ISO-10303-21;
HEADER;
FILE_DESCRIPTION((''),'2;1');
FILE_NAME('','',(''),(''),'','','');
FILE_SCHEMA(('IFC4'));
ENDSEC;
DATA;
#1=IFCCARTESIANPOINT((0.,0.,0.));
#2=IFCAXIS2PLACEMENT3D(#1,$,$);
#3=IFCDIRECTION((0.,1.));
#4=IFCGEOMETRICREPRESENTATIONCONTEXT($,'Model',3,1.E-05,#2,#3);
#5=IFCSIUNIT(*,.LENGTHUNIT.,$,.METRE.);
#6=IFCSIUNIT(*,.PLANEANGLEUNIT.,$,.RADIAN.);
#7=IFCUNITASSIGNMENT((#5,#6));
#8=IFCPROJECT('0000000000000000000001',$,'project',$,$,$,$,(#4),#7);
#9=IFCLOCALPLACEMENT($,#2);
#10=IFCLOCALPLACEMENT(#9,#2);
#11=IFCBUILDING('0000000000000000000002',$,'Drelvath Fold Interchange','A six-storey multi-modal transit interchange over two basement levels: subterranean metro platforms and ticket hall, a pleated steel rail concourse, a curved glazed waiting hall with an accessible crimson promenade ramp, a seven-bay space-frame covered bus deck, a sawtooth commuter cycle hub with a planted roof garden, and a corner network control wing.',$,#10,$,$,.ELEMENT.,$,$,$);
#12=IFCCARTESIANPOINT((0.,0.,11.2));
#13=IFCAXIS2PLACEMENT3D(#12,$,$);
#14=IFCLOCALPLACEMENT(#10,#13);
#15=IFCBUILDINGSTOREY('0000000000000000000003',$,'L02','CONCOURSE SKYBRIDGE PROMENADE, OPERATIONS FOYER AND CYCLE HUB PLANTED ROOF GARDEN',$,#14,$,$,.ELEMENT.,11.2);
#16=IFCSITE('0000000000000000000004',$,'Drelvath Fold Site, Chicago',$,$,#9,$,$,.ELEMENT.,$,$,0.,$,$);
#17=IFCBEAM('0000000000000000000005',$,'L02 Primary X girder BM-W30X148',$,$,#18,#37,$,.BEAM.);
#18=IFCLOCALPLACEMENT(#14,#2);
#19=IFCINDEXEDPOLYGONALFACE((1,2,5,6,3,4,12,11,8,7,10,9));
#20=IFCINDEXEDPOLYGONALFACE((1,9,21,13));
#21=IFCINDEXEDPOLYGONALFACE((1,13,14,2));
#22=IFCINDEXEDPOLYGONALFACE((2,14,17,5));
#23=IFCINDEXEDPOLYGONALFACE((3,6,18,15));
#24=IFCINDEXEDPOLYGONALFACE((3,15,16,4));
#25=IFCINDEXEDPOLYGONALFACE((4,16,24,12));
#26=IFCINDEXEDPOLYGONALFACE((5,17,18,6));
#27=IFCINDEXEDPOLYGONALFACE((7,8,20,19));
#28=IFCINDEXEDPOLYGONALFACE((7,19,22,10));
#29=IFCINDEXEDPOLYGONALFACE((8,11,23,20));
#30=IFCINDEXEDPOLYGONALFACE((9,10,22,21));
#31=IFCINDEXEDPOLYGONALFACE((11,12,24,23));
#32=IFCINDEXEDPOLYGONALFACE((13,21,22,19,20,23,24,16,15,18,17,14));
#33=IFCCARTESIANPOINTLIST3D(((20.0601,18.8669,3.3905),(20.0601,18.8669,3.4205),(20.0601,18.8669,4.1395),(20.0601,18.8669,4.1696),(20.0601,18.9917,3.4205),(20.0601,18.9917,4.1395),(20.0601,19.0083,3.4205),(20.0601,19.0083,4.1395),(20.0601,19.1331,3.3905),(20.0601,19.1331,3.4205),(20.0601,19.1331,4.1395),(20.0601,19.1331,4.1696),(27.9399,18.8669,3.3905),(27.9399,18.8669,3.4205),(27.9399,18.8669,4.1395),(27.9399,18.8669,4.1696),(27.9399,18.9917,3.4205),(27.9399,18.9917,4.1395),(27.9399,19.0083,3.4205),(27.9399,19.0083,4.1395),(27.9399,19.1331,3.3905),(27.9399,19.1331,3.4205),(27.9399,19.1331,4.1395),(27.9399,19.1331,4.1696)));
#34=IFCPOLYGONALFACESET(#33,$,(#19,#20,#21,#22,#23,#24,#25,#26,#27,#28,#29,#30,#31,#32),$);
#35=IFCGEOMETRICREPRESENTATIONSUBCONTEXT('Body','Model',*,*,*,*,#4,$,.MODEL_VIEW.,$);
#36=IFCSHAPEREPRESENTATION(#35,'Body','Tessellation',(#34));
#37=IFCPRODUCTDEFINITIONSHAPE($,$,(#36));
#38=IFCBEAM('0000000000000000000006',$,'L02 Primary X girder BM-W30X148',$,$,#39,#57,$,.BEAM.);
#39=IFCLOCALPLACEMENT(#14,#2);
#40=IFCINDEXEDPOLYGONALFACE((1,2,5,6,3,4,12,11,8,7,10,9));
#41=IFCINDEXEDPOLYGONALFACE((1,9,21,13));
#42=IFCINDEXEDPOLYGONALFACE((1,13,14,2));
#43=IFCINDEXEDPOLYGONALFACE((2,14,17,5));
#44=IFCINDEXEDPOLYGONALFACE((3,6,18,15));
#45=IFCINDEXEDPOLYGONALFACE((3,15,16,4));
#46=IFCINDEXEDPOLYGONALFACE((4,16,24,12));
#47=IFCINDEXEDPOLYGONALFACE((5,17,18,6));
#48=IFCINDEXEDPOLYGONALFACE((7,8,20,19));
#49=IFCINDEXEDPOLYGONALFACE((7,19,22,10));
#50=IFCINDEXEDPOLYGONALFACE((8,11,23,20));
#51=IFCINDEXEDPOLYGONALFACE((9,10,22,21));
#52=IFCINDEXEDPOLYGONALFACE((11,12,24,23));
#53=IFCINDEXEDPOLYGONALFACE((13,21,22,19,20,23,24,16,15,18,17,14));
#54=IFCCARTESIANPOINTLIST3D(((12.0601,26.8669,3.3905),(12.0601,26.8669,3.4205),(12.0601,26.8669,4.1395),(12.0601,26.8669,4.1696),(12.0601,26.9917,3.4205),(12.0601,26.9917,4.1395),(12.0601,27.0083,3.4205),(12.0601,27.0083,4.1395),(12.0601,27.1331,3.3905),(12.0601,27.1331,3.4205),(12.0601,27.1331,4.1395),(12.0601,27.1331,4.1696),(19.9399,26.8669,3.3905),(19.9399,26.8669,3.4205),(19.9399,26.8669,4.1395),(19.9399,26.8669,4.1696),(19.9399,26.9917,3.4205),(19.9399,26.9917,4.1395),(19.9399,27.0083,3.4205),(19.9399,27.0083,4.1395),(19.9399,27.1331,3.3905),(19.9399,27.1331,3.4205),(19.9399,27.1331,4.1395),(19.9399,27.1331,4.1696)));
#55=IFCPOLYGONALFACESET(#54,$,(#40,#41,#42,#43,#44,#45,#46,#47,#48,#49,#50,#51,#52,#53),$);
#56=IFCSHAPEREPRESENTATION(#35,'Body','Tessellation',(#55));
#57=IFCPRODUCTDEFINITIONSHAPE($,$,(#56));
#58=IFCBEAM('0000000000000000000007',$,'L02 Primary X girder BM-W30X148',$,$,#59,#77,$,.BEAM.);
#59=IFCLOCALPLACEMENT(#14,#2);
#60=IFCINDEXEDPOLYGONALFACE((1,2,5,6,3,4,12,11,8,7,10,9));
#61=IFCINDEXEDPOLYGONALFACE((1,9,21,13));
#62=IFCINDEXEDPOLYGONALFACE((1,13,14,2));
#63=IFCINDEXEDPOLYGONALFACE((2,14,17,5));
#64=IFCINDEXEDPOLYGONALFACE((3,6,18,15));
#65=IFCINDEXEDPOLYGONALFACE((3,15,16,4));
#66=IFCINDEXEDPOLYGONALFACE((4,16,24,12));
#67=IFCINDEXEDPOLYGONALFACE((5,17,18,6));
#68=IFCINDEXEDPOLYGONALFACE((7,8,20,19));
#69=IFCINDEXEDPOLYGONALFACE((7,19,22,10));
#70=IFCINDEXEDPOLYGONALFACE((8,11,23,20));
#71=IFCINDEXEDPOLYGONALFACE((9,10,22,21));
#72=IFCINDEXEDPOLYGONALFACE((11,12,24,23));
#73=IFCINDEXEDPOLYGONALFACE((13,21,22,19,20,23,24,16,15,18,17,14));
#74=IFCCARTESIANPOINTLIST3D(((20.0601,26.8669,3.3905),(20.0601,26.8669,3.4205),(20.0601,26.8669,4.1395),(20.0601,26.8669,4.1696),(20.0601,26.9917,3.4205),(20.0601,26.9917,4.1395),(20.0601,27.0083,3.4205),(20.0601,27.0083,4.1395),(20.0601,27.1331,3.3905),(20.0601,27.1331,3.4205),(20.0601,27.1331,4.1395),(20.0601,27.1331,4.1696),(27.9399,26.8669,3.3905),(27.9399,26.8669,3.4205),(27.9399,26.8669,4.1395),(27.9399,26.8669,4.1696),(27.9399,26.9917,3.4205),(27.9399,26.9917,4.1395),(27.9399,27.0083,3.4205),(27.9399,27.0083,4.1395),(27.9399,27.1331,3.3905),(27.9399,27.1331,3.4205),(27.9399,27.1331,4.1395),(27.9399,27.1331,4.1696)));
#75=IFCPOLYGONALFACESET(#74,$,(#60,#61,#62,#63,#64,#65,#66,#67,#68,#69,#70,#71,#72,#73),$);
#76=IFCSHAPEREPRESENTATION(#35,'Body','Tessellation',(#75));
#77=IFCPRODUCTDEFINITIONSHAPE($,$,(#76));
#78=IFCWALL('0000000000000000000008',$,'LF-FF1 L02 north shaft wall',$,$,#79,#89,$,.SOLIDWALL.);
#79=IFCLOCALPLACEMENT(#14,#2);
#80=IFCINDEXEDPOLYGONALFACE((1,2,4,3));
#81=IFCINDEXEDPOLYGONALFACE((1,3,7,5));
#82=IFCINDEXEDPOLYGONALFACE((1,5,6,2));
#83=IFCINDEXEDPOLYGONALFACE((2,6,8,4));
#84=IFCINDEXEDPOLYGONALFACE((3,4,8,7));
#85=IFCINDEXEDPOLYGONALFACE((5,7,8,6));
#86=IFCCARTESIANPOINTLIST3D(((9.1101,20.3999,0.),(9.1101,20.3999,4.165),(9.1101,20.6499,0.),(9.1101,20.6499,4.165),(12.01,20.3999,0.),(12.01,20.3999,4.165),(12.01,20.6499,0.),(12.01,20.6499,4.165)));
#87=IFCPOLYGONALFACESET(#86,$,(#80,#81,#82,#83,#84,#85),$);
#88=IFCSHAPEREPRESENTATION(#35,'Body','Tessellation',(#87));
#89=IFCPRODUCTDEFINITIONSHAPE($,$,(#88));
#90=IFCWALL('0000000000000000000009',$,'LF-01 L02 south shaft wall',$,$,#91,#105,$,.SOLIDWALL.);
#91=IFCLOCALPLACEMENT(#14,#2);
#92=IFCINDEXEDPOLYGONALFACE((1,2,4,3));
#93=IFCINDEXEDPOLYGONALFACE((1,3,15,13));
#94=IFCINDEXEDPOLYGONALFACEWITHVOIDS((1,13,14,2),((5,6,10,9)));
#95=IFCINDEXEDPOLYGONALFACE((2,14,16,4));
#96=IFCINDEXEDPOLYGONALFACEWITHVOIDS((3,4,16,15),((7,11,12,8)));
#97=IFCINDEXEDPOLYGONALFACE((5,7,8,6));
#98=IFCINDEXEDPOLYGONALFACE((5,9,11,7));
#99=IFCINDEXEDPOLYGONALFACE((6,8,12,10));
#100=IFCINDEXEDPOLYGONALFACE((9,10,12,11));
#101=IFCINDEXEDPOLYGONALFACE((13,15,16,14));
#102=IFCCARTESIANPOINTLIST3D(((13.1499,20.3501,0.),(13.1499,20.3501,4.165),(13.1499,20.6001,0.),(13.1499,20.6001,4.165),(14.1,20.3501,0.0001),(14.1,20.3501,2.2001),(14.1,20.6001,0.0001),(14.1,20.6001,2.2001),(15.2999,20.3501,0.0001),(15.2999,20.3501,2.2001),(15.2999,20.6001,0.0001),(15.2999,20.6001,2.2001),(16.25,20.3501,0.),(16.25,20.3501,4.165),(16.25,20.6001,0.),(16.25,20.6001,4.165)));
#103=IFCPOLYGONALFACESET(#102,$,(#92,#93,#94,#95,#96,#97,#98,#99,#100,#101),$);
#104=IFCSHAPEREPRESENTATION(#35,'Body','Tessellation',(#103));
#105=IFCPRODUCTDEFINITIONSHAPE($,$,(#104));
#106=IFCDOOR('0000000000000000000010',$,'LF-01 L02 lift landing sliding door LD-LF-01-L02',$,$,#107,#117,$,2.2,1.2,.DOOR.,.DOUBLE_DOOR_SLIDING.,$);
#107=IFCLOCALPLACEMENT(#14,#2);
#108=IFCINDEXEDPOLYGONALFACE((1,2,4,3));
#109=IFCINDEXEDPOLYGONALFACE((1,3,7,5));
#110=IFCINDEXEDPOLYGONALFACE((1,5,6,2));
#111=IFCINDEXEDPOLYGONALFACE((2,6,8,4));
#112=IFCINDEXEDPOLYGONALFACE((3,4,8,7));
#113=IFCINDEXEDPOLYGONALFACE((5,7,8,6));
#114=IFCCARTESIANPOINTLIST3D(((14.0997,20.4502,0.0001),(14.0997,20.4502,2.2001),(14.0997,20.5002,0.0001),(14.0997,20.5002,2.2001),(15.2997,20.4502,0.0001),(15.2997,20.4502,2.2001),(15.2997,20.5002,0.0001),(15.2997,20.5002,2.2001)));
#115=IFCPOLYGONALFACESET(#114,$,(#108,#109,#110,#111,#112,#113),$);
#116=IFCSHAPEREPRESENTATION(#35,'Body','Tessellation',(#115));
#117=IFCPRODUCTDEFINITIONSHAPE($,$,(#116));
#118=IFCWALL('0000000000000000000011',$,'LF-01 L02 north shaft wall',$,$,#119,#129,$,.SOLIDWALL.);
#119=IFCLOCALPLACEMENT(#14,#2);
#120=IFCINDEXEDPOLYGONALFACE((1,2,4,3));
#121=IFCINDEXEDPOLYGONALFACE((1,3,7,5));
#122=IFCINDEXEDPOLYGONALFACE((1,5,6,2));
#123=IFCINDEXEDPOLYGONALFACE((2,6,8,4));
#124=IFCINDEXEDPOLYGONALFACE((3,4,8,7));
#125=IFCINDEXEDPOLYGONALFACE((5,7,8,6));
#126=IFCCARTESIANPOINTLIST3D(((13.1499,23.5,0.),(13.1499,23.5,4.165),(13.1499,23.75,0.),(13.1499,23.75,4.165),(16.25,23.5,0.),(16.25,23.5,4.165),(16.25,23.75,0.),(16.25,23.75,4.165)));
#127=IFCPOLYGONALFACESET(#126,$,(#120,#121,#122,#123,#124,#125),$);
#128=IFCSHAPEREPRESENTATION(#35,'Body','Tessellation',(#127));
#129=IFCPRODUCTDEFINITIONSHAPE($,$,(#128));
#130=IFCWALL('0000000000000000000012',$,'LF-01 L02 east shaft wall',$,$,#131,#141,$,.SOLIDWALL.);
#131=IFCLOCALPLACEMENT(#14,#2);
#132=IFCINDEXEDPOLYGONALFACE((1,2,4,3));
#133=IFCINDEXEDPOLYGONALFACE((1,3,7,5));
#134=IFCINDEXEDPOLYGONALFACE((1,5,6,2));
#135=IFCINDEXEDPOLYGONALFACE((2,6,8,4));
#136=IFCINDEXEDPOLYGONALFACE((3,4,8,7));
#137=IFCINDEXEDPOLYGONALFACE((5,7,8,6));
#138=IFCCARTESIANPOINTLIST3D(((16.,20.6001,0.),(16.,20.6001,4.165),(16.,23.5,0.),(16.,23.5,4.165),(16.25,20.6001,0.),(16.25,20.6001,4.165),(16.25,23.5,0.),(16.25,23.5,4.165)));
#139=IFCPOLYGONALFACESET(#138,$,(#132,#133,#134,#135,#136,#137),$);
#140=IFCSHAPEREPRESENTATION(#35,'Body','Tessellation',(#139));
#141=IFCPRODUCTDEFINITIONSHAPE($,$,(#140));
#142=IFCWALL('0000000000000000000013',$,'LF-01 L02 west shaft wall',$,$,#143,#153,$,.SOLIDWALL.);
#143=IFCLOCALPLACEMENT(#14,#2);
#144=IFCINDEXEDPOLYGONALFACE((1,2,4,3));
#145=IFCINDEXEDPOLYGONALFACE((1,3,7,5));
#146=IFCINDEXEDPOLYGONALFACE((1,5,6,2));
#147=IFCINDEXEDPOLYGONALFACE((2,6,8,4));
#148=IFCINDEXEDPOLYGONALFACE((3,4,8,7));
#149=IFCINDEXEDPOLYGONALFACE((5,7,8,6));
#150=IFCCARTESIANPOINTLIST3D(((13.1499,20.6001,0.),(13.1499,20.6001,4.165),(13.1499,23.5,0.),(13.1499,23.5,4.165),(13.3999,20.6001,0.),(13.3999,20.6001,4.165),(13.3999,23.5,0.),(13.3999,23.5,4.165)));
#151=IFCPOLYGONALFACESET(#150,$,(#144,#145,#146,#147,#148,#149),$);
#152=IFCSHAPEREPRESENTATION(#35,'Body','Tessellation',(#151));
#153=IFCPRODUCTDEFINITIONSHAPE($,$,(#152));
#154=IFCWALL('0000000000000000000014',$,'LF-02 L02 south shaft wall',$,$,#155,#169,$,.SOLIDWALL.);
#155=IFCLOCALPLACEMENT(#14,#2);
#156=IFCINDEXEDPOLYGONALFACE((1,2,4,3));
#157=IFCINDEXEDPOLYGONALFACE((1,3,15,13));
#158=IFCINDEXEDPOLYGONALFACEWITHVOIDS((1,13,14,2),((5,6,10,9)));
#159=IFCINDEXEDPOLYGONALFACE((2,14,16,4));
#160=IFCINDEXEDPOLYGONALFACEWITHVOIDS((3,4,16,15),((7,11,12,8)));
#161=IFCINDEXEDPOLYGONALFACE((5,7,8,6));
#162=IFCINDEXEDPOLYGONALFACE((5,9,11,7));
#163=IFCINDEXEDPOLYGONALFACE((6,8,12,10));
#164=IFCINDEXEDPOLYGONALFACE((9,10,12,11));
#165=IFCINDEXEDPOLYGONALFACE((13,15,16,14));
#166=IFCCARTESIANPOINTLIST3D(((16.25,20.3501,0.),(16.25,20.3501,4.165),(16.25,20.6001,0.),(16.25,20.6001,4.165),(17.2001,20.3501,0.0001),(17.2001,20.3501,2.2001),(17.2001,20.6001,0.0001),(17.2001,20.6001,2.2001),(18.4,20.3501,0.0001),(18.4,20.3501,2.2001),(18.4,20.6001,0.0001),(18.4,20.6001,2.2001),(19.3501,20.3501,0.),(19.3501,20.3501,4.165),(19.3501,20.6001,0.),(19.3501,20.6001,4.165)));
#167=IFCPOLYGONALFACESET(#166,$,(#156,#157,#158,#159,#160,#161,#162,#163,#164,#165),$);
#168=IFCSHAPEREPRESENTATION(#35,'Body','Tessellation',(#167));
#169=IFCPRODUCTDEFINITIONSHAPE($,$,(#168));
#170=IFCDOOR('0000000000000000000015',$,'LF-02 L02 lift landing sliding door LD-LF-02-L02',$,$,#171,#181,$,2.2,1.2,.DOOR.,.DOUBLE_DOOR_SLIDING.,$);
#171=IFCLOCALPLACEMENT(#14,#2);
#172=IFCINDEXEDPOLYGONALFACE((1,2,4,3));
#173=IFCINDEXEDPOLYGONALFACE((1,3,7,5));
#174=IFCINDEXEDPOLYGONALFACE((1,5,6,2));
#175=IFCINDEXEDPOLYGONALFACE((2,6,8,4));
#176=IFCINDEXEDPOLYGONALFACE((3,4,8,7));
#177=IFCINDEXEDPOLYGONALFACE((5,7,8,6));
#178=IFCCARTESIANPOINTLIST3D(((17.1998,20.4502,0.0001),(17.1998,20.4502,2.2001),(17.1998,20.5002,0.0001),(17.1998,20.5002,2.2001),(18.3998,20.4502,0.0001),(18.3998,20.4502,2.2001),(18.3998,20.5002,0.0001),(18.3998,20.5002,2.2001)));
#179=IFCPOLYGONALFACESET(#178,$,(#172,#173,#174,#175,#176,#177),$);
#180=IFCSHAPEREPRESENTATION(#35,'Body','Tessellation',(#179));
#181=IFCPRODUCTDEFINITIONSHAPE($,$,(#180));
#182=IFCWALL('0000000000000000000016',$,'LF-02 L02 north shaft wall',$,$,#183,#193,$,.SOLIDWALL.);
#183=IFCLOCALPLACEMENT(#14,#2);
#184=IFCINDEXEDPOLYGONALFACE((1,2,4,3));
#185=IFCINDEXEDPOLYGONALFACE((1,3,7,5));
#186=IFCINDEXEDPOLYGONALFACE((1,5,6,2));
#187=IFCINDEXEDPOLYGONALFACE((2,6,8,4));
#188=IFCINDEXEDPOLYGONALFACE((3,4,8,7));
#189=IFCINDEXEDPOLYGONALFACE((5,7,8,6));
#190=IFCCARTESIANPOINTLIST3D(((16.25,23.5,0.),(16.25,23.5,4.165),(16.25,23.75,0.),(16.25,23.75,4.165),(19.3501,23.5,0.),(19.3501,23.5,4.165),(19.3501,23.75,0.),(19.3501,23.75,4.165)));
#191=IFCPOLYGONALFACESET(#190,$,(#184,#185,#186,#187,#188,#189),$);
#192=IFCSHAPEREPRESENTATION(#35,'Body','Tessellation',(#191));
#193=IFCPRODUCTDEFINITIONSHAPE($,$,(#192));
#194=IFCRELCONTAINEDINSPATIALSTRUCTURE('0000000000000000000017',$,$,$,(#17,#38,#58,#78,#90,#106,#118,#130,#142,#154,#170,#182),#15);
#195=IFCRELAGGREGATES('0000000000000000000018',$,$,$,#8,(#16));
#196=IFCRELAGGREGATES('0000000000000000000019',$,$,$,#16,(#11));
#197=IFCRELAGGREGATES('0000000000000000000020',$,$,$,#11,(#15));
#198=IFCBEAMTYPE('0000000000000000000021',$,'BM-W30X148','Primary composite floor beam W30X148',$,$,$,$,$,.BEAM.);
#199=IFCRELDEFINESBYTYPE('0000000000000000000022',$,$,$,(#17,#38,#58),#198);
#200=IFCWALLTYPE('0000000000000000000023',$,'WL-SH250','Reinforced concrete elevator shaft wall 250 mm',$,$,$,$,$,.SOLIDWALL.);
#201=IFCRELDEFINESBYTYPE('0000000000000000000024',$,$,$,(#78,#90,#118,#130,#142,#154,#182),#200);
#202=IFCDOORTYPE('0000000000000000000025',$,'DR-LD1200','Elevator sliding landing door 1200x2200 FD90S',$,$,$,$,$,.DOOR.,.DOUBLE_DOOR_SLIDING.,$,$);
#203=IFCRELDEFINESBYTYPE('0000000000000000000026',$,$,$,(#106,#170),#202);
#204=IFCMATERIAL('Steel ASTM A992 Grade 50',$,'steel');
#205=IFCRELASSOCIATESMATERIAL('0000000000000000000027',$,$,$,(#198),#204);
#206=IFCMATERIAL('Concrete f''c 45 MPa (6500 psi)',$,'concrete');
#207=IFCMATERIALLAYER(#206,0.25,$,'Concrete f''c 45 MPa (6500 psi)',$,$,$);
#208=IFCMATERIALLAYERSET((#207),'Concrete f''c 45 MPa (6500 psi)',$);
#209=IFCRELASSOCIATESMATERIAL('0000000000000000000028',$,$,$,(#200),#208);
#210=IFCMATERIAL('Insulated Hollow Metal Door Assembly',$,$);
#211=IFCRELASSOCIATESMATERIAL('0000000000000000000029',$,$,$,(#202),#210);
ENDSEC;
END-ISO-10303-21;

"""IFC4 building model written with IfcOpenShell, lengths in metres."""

from ifc_helpers import new_model, si_unit, direction, frame, frame_2d, origin, origin_2d, place, context, subcontext, project, spatial, rectangle, i_section, extrude, material, layer, layer_set, material_profile, profile_set, type_object, element, fill, save


model = new_model("IFC4")

# Units and contexts
model_context = context("Model", 3, precision=1e-05, world=origin(), true_north=direction((0.0, 1.0)))
body_context = subcontext(model_context, "Body", "Model", "MODEL_VIEW")
ifc_project = project(units=[si_unit("LENGTHUNIT", "METRE"), si_unit("PLANEANGLEUNIT", "RADIAN")], contexts=[model_context])

# Site, building, storey
site_placement = place(None, origin())
site = spatial("IfcSite", under=ifc_project, at=site_placement, Name="Drelvath Fold Site, Chicago", CompositionType="ELEMENT", RefElevation=0.0)
building_placement = place(site_placement, origin())
building = spatial("IfcBuilding", under=site, at=building_placement, Name="Drelvath Fold Interchange", Description="A six-storey multi-modal transit interchange over two basement levels: subterranean metro platforms and ticket hall, a pleated steel rail concourse, a curved glazed waiting hall with an accessible crimson promenade ramp, a seven-bay space-frame covered bus deck, a sawtooth commuter cycle hub with a planted roof garden, and a corner network control wing.", CompositionType="ELEMENT")
storey_placement = place(building_placement, frame((0.0, 0.0, 11.2)))
storey = spatial("IfcBuildingStorey", under=building, at=storey_placement, Name="L02", Description="CONCOURSE SKYBRIDGE PROMENADE, OPERATIONS FOYER AND CYCLE HUB PLANTED ROOF GARDEN", CompositionType="ELEMENT", Elevation=11.2)

# Shared definitions
ifc_material_1 = material(Name="Steel ASTM A992 Grade 50", Category="steel")

# Beams
ifc_material_profile_1 = material_profile(ifc_material_1, i_section(OverallWidth=0.2661, OverallDepth=0.7791, WebThickness=0.0166, FlangeThickness=0.03, at=origin_2d()), Name="W30X148")
ifc_profile_set_1 = profile_set([ifc_material_profile_1], Name="Steel ASTM A992 Grade 50")
beam_type_1 = type_object("IfcBeamType", Name="BM-W30X148", Description="Primary composite floor beam W30X148", PredefinedType="BEAM", material=ifc_profile_set_1)
for number, where, z_axis, x_axis, name in (
    (1, (20.0601, 19.0, 3.78), (1.0, 0.0, 0.0), (0.0, 1.0, 0.0), "L02 Primary X girder BM-W30X148"),
    (2, (12.0601, 27.0, 3.78), (1.0, 0.0, 0.0), (0.0, 1.0, 0.0), "L02 Primary X girder BM-W30X148"),
    (3, (20.0601, 27.0, 3.78), (1.0, 0.0, 0.0), (0.0, 1.0, 0.0), "L02 Primary X girder BM-W30X148"),
):
    element("IfcBeam", number, at=place(storey_placement, frame(where, z_axis=z_axis, x_axis=x_axis)), inside=storey, type_object=beam_type_1, Name=name, PredefinedType="BEAM", context=body_context, shape_type="SweptSolid", body=[
        extrude(i_section(OverallWidth=0.2661, OverallDepth=0.7791, WebThickness=0.0166, FlangeThickness=0.03, at=origin_2d()), origin(), (0.0, 0.0, 1.0), 7.8799),
    ])

# Wall
ifc_material_2 = material(Name="Concrete f'c 45 MPa (6500 psi)", Category="concrete")
ifc_layer = layer(ifc_material_2, 0.25, Name="Concrete f'c 45 MPa (6500 psi)")
ifc_layer_set = layer_set([ifc_layer], Name="Concrete f'c 45 MPa (6500 psi)")
wall_type = type_object("IfcWallType", Name="WL-SH250", Description="Reinforced concrete elevator shaft wall 250 mm", PredefinedType="SOLIDWALL", material=ifc_layer_set)
wall_1_placement = place(storey_placement, frame((12.01, 20.5249, 0.0), z_axis=(0.0, 0.0, 1.0), x_axis=(-1.0, 0.0, 0.0)))
element("IfcWall", 4, at=wall_1_placement, inside=storey, type_object=wall_type, Name="LF-FF1 L02 north shaft wall", PredefinedType="SOLIDWALL", context=body_context, shape_type="SweptSolid", body=[
    extrude(rectangle(XDim=2.8999, YDim=0.25, at=frame_2d((1.45, 0.0))), origin(), (0.0, 0.0, 1.0), 4.165),
])

# Wall, opening, door
wall_2_placement = place(storey_placement, frame((13.1499, 20.4751, 0.0), z_axis=(0.0, 0.0, 1.0), x_axis=(1.0, 0.0, 0.0)))
wall_2 = element("IfcWall", 5, at=wall_2_placement, inside=storey, type_object=wall_type, Name="LF-01 L02 south shaft wall", PredefinedType="SOLIDWALL", context=body_context, shape_type="SweptSolid", body=[
    extrude(rectangle(XDim=3.1001, YDim=0.25, at=frame_2d((1.55, 0.0))), origin(), (0.0, 0.0, 1.0), 4.165),
])
opening_1_placement = place(wall_2_placement, frame((0.95, 0.0, 0.0)))
opening_1 = element("IfcOpeningElement", 6, at=opening_1_placement, cuts=wall_2, PredefinedType="OPENING", context=body_context, shape_type="SweptSolid", body=[
    extrude(rectangle(XDim=1.2, YDim=2.2, at=frame_2d((0.6001, 1.1001))), frame((0.0, 0.135, 0.0), z_axis=(0.0, -1.0, 0.0), x_axis=(1.0, 0.0, 0.0)), (0.0, 0.0, 1.0), 0.27),
])
ifc_material_3 = material(Name="Insulated Hollow Metal Door Assembly")
door_type = type_object("IfcDoorType", Name="DR-LD1200", Description="Elevator sliding landing door 1200x2200 FD90S", OperationType="DOUBLE_DOOR_SLIDING", PredefinedType="DOOR", material=ifc_material_3)
door_1_placement = place(opening_1_placement, frame((1.2, 0.0, 0.0), z_axis=(0.0, 0.0, 1.0), x_axis=(-1.0, 0.0, 0.0)))
door_1 = element("IfcDoor", 7, at=door_1_placement, inside=storey, type_object=door_type, Name="LF-01 L02 lift landing sliding door LD-LF-01-L02", OperationType="DOUBLE_DOOR_SLIDING", OverallHeight=2.2, OverallWidth=1.2, PredefinedType="DOOR", context=body_context, shape_type="SweptSolid", body=[
    extrude(rectangle(XDim=1.2, YDim=2.2, at=frame_2d((0.6001, 1.1001))), frame((0.0, 0.0249, 0.0), z_axis=(0.0, -1.0, 0.0), x_axis=(1.0, 0.0, 0.0)), (0.0, 0.0, 1.0), 0.05),
])
fill(opening_1, door_1)

# Walls
wall_3_placement = place(storey_placement, frame((16.25, 23.625, 0.0), z_axis=(0.0, 0.0, 1.0), x_axis=(-1.0, 0.0, 0.0)))
element("IfcWall", 8, at=wall_3_placement, inside=storey, type_object=wall_type, Name="LF-01 L02 north shaft wall", PredefinedType="SOLIDWALL", context=body_context, shape_type="SweptSolid", body=[
    extrude(rectangle(XDim=3.1001, YDim=0.25, at=frame_2d((1.55, 0.0))), origin(), (0.0, 0.0, 1.0), 4.165),
])
for number, where, z_axis, x_axis, name in (
    (9, (16.125, 20.6001, 0.0), (0.0, 0.0, 1.0), (0.0, 1.0, 0.0), "LF-01 L02 east shaft wall"),
    (10, (13.2749, 23.5, 0.0), (0.0, 0.0, 1.0), (0.0, -1.0, 0.0), "LF-01 L02 west shaft wall"),
):
    element("IfcWall", number, at=place(storey_placement, frame(where, z_axis=z_axis, x_axis=x_axis)), inside=storey, type_object=wall_type, Name=name, PredefinedType="SOLIDWALL", context=body_context, shape_type="SweptSolid", body=[
        extrude(rectangle(XDim=2.8999, YDim=0.25, at=frame_2d((1.45, 0.0))), origin(), (0.0, 0.0, 1.0), 4.165),
    ])

# Wall, opening, door
wall_4_placement = place(storey_placement, frame((16.25, 20.4751, 0.0), z_axis=(0.0, 0.0, 1.0), x_axis=(1.0, 0.0, 0.0)))
wall_4 = element("IfcWall", 11, at=wall_4_placement, inside=storey, type_object=wall_type, Name="LF-02 L02 south shaft wall", PredefinedType="SOLIDWALL", context=body_context, shape_type="SweptSolid", body=[
    extrude(rectangle(XDim=3.1001, YDim=0.25, at=frame_2d((1.55, 0.0))), origin(), (0.0, 0.0, 1.0), 4.165),
])
opening_2_placement = place(wall_4_placement, frame((0.95, 0.0, 0.0)))
opening_2 = element("IfcOpeningElement", 12, at=opening_2_placement, cuts=wall_4, PredefinedType="OPENING", context=body_context, shape_type="SweptSolid", body=[
    extrude(rectangle(XDim=1.2, YDim=2.2, at=frame_2d((0.6001, 1.1001))), frame((0.0, 0.135, 0.0), z_axis=(0.0, -1.0, 0.0), x_axis=(1.0, 0.0, 0.0)), (0.0, 0.0, 1.0), 0.27),
])
door_2_placement = place(opening_2_placement, frame((1.2, 0.0, 0.0), z_axis=(0.0, 0.0, 1.0), x_axis=(-1.0, 0.0, 0.0)))
door_2 = element("IfcDoor", 13, at=door_2_placement, inside=storey, type_object=door_type, Name="LF-02 L02 lift landing sliding door LD-LF-02-L02", OperationType="DOUBLE_DOOR_SLIDING", OverallHeight=2.2, OverallWidth=1.2, PredefinedType="DOOR", context=body_context, shape_type="SweptSolid", body=[
    extrude(rectangle(XDim=1.2, YDim=2.2, at=frame_2d((0.6001, 1.1001))), frame((0.0, 0.0249, 0.0), z_axis=(0.0, -1.0, 0.0), x_axis=(1.0, 0.0, 0.0)), (0.0, 0.0, 1.0), 0.05),
])
fill(opening_2, door_2)

# Wall
wall_5_placement = place(storey_placement, frame((19.3501, 23.625, 0.0), z_axis=(0.0, 0.0, 1.0), x_axis=(-1.0, 0.0, 0.0)))
element("IfcWall", 14, at=wall_5_placement, inside=storey, type_object=wall_type, Name="LF-02 L02 north shaft wall", PredefinedType="SOLIDWALL", context=body_context, shape_type="SweptSolid", body=[
    extrude(rectangle(XDim=3.1001, YDim=0.25, at=frame_2d((1.55, 0.0))), origin(), (0.0, 0.0, 1.0), 4.165),
])

save(model, "model.ifc")
